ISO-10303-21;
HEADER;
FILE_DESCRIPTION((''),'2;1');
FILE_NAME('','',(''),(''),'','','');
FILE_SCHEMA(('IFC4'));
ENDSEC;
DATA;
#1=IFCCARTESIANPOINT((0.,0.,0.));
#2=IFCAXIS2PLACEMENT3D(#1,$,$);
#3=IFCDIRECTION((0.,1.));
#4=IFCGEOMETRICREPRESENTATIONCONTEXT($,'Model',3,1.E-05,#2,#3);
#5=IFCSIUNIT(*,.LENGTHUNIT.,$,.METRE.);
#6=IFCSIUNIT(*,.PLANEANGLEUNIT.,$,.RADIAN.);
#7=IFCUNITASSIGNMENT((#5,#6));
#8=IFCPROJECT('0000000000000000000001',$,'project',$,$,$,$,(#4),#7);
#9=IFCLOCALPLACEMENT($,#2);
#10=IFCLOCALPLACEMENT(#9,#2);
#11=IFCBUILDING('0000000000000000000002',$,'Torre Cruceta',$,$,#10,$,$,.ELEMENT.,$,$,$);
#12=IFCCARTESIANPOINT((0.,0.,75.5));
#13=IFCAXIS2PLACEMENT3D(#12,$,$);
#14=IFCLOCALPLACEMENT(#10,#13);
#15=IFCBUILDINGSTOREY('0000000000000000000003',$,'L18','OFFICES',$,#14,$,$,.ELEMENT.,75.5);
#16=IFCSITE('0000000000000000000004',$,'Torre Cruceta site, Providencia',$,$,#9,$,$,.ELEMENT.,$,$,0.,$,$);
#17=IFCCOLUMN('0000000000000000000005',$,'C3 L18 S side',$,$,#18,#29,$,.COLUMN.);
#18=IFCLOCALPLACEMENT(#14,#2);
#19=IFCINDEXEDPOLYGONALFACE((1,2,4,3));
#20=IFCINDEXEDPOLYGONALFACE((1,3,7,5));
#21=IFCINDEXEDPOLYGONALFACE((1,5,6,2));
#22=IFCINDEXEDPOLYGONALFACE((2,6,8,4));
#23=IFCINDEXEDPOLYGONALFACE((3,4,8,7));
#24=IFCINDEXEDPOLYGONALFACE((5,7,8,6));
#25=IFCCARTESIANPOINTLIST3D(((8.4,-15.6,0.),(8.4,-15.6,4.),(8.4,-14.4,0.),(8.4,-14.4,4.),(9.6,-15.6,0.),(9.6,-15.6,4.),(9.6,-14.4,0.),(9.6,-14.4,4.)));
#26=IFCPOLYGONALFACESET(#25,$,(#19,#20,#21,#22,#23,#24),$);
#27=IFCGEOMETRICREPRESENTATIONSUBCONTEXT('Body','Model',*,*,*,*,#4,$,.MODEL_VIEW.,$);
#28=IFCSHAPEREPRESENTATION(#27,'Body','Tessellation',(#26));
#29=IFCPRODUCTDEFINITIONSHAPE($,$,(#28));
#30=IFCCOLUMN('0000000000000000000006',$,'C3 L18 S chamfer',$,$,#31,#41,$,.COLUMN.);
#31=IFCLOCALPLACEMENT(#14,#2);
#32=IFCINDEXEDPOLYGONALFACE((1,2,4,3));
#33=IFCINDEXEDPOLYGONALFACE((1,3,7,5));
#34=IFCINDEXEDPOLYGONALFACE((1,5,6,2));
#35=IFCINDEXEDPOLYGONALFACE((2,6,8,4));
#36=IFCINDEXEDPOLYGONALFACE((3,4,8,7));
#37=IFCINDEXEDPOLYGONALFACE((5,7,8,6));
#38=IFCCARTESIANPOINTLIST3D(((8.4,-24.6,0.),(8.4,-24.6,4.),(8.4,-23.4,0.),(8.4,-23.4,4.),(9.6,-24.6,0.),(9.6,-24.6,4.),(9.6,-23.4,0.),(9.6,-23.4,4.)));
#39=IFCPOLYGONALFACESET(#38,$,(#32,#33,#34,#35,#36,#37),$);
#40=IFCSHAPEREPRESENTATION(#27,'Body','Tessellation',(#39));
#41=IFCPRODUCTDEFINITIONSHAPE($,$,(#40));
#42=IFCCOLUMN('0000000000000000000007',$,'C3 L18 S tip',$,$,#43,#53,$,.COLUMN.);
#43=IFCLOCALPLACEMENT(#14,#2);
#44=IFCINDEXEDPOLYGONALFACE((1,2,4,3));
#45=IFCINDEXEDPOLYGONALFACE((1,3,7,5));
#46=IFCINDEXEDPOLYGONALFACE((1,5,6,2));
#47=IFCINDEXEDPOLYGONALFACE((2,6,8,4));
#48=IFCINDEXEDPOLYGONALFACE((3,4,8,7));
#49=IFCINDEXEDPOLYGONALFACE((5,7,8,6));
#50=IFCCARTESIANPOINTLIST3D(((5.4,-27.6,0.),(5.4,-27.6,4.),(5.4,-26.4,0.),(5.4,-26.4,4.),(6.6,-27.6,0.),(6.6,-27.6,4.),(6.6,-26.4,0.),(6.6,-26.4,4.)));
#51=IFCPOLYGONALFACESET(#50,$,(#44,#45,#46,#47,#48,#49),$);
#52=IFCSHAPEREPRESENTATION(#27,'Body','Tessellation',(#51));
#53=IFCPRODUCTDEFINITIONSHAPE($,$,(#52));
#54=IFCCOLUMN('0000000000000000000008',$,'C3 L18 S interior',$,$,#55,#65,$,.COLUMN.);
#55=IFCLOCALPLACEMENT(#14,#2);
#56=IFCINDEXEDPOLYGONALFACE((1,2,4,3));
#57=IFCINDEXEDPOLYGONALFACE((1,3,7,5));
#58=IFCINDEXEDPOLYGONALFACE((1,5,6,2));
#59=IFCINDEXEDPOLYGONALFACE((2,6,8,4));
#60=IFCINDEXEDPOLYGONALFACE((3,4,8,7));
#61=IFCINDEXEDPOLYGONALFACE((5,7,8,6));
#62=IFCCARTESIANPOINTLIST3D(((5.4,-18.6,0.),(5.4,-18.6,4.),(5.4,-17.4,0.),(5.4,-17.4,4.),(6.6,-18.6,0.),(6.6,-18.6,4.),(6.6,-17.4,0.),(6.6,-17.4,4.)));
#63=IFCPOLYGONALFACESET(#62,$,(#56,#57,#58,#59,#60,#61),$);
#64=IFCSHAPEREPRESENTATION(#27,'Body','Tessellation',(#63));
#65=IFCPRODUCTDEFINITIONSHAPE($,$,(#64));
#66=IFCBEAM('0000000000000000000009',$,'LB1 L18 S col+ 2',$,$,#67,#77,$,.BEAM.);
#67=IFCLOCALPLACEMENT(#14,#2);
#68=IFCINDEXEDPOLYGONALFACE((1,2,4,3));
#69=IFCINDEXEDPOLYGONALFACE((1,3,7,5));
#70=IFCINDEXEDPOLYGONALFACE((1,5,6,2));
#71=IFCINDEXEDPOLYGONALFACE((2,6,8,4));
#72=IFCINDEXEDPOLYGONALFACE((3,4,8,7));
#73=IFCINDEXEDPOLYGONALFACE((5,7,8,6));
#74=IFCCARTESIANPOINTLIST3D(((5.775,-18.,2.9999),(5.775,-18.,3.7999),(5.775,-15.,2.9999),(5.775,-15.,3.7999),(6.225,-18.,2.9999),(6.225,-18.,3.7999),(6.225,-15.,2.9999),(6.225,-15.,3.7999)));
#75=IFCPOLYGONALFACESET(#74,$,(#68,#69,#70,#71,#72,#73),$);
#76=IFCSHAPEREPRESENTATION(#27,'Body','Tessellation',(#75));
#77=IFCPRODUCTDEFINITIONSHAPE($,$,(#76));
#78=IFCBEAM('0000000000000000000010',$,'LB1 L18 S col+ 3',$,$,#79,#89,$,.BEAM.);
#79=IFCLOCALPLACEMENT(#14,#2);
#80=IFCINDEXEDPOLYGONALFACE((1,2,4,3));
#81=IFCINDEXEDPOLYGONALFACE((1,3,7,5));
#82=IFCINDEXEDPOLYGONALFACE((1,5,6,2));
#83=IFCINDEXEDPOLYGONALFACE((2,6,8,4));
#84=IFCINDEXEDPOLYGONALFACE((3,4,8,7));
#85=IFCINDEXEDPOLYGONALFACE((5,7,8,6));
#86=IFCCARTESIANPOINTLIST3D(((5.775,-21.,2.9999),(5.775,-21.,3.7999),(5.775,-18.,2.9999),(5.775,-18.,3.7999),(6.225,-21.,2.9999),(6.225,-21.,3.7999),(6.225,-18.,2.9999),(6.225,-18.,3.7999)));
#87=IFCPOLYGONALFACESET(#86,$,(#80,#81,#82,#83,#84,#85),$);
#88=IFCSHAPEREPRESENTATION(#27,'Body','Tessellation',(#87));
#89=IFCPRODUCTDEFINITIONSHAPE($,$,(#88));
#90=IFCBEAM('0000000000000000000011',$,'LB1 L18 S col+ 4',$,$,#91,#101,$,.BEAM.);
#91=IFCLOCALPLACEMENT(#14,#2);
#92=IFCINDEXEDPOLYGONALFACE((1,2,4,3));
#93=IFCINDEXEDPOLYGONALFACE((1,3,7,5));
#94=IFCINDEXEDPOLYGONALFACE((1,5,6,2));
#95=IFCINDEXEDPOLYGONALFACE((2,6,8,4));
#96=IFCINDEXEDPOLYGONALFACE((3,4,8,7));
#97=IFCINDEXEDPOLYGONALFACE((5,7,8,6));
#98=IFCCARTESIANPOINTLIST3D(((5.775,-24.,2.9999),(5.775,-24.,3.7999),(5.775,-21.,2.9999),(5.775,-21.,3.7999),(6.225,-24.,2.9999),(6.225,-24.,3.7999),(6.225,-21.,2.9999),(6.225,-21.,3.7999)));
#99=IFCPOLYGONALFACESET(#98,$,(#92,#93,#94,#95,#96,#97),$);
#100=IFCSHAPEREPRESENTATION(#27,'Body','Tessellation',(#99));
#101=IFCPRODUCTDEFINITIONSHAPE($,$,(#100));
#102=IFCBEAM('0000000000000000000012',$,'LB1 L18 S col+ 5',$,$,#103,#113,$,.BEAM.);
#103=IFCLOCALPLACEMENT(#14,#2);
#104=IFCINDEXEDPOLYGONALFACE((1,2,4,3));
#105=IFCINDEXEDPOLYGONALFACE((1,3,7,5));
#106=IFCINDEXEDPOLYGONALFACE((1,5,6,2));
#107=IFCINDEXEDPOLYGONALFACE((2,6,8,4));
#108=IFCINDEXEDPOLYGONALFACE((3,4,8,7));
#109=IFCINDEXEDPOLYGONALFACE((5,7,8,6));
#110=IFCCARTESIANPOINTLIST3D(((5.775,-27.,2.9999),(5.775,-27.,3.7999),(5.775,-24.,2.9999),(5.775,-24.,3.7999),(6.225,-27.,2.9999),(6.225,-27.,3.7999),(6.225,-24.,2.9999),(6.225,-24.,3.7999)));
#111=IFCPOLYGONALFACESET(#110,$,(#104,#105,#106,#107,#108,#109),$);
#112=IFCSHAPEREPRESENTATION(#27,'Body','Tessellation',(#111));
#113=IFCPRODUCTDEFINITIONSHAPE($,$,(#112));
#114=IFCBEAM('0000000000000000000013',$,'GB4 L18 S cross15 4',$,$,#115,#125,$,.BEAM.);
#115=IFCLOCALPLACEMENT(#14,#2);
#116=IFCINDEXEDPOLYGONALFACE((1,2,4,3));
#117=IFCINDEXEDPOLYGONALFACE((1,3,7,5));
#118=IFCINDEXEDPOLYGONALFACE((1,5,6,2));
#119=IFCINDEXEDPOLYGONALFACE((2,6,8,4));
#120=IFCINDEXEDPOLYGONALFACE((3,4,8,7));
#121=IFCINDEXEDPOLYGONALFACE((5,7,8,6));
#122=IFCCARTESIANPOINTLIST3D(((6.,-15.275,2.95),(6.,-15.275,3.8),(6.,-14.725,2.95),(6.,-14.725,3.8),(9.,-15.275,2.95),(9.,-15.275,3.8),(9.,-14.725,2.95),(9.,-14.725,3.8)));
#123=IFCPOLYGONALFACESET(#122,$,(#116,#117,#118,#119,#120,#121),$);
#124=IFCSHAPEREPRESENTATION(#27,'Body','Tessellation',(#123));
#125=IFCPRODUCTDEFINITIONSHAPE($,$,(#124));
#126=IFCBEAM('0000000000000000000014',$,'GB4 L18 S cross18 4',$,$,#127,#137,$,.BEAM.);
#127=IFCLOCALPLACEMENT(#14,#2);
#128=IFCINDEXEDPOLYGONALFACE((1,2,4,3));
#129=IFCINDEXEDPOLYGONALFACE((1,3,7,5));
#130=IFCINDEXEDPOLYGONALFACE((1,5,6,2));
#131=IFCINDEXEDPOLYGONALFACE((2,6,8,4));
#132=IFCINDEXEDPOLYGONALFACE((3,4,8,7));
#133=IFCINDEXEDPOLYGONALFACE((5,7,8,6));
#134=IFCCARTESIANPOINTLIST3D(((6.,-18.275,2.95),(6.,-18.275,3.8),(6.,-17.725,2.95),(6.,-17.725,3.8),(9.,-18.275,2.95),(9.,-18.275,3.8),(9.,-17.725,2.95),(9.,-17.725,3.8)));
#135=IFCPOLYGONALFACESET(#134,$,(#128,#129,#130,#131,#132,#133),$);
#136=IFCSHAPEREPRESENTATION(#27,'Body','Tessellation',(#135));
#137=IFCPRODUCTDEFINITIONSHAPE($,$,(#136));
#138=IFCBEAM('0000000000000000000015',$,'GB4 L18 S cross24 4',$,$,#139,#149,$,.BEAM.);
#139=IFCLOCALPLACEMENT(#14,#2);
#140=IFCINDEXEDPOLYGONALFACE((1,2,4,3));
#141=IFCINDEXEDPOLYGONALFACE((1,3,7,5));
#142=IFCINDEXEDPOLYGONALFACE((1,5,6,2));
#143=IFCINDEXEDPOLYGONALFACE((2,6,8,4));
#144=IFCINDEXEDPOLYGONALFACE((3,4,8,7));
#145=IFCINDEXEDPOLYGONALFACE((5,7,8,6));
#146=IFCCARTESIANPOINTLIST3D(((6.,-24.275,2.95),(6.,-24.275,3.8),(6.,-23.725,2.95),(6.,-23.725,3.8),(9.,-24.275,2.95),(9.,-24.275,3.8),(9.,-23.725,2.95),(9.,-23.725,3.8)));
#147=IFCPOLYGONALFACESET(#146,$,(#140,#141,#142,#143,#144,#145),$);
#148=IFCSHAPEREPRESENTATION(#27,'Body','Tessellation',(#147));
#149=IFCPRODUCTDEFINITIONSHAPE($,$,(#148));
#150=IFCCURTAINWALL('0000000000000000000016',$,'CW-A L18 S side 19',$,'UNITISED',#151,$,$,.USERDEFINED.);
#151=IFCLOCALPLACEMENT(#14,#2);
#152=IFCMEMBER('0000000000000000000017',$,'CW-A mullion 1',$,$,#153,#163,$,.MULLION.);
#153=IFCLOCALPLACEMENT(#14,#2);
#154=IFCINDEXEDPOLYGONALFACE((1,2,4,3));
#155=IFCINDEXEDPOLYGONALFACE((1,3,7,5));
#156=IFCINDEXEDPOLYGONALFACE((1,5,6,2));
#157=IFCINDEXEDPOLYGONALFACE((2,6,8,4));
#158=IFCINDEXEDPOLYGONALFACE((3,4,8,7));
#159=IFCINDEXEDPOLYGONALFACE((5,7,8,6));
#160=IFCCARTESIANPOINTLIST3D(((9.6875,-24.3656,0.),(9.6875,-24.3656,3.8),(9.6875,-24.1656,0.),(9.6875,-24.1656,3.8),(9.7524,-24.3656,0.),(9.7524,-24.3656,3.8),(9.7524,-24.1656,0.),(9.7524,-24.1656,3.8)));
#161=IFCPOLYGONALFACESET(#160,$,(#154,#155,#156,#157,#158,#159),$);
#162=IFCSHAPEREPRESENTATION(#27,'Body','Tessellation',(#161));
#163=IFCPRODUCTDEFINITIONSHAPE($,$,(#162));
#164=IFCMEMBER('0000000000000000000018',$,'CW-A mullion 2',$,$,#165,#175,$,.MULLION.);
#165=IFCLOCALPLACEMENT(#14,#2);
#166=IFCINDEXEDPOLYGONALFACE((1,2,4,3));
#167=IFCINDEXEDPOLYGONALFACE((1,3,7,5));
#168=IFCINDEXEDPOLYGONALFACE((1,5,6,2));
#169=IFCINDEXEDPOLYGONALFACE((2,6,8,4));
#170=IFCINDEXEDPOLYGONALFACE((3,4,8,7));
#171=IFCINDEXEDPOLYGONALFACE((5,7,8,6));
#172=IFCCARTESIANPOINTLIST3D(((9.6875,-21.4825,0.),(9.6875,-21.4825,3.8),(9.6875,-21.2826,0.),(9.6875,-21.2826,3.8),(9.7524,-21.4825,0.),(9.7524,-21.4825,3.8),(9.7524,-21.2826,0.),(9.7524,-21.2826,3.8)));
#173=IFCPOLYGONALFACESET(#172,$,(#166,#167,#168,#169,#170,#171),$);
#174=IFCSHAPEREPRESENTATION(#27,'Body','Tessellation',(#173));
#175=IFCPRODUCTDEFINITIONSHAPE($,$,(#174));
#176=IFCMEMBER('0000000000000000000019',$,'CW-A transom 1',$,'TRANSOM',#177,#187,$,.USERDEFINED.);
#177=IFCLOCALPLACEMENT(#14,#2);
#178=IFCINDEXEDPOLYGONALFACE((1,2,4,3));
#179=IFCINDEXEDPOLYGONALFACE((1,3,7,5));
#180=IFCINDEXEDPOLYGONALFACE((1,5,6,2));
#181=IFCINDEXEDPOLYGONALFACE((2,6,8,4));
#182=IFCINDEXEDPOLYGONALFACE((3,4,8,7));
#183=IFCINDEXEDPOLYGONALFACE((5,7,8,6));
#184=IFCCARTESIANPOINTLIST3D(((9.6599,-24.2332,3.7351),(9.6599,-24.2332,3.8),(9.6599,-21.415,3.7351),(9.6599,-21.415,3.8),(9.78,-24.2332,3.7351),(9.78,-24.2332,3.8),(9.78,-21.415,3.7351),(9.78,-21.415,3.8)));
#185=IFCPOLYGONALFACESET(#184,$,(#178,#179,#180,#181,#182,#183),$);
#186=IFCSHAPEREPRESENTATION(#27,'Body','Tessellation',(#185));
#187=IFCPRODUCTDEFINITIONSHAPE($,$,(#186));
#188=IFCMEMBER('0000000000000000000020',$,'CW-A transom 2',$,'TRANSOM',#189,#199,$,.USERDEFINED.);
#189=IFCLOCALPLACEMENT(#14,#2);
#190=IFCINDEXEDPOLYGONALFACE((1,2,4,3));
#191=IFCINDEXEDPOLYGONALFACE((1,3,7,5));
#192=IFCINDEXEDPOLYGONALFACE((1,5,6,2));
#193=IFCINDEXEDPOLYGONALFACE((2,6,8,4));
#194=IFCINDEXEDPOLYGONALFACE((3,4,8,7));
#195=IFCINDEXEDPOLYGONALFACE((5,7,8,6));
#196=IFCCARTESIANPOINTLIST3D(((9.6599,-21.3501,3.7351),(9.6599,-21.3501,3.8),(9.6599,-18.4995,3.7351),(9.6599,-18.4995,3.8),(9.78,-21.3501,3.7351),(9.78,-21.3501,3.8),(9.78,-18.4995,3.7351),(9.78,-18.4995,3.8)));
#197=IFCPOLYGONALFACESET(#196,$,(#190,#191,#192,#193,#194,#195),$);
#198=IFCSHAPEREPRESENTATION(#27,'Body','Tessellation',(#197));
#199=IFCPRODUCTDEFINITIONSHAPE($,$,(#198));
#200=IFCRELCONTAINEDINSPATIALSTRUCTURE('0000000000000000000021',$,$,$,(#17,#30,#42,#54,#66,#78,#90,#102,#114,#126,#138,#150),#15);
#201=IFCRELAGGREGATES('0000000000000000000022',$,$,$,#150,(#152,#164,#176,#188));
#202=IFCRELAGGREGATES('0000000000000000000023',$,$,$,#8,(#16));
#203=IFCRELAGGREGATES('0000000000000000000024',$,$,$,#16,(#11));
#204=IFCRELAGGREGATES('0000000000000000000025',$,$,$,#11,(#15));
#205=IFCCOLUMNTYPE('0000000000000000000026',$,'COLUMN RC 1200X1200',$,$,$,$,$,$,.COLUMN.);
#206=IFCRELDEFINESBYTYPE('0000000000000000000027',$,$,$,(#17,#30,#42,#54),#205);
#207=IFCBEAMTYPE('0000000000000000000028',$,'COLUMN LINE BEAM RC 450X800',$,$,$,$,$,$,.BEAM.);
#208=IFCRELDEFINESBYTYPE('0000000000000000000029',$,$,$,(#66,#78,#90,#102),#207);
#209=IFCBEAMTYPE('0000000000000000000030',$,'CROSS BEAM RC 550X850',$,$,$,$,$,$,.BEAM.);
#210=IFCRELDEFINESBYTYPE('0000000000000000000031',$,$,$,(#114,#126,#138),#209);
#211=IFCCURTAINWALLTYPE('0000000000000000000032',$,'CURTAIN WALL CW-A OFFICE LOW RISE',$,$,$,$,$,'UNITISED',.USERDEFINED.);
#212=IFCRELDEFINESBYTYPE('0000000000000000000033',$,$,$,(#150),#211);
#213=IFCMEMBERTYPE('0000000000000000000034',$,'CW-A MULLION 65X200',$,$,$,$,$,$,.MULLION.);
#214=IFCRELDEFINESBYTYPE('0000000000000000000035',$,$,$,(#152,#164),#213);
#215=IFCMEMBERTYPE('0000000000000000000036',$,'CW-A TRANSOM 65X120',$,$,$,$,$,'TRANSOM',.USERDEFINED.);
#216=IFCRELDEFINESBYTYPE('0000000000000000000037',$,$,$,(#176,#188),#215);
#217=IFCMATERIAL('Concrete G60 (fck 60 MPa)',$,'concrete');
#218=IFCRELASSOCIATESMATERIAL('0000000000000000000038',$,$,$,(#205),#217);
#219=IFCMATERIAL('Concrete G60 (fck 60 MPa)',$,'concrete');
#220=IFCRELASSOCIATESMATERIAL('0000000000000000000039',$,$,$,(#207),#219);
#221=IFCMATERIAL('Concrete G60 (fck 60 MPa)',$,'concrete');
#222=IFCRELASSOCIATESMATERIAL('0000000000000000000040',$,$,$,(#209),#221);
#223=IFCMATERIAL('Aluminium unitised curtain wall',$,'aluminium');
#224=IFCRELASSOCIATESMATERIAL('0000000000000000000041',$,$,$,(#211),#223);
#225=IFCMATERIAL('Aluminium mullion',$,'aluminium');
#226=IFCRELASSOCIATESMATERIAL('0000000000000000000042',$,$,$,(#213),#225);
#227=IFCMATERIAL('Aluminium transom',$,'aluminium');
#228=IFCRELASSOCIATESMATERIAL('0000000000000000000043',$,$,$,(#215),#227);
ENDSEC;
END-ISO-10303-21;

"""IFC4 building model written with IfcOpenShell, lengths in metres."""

from ifc_helpers import new_model, si_unit, direction, frame, origin, origin_2d, place, context, subcontext, project, spatial, rectangle, extrude, material, material_profile, profile_set, type_object, element, aggregate, save


model = new_model("IFC4")

# Units and contexts
model_context = context("Model", 3, precision=1e-05, world=origin(), true_north=direction((0.0, 1.0)))
body_context = subcontext(model_context, "Body", "Model", "MODEL_VIEW")
ifc_project = project(units=[si_unit("LENGTHUNIT", "METRE"), si_unit("PLANEANGLEUNIT", "RADIAN")], contexts=[model_context])

# Site, building, storey
site_placement = place(None, origin())
site = spatial("IfcSite", under=ifc_project, at=site_placement, Name="Torre Cruceta site, Providencia", CompositionType="ELEMENT", RefElevation=0.0)
building_placement = place(site_placement, origin())
building = spatial("IfcBuilding", under=site, at=building_placement, Name="Torre Cruceta", CompositionType="ELEMENT")
storey_placement = place(building_placement, frame((0.0, 0.0, 75.5)))
storey = spatial("IfcBuildingStorey", under=building, at=storey_placement, Name="L18", Description="OFFICES", CompositionType="ELEMENT", Elevation=75.5)

# Columns
ifc_material_1 = material(Name="Concrete G60 (fck 60 MPa)", Category="concrete")
ifc_material_profile_1 = material_profile(ifc_material_1, rectangle(XDim=1.2, YDim=1.2, at=origin_2d()), Name="RC 1200X1200")
ifc_profile_set_1 = profile_set([ifc_material_profile_1], Name="Concrete G60 (fck 60 MPa)")
column_type = type_object("IfcColumnType", Name="COLUMN RC 1200X1200", PredefinedType="COLUMN", material=ifc_profile_set_1)
for number, where, z_axis, x_axis, name in (
    (1, (9.0, -15.0, 0.0), (0.0, 0.0, 1.0), (1.0, 0.0, 0.0), "C3 L18 S side"),
    (2, (9.0, -24.0, 0.0), (0.0, 0.0, 1.0), (1.0, 0.0, 0.0), "C3 L18 S chamfer"),
    (3, (6.0, -27.0, 0.0), (0.0, 0.0, 1.0), (1.0, 0.0, 0.0), "C3 L18 S tip"),
    (4, (6.0, -18.0, 0.0), (0.0, 0.0, 1.0), (1.0, 0.0, 0.0), "C3 L18 S interior"),
):
    element("IfcColumn", number, at=place(storey_placement, frame(where, z_axis=z_axis, x_axis=x_axis)), inside=storey, type_object=column_type, Name=name, PredefinedType="COLUMN", context=body_context, shape_type="SweptSolid", body=[
        extrude(rectangle(XDim=1.2, YDim=1.2, at=origin_2d()), origin(), (0.0, 0.0, 1.0), 4.0),
    ])

# Beams
ifc_material_2 = material(Name="Concrete G60 (fck 60 MPa)", Category="concrete")
ifc_material_profile_2 = material_profile(ifc_material_2, rectangle(XDim=0.45, YDim=0.8, at=origin_2d()), Name="RC 450X800")
ifc_profile_set_2 = profile_set([ifc_material_profile_2], Name="Concrete G60 (fck 60 MPa)")
beam_type_1 = type_object("IfcBeamType", Name="COLUMN LINE BEAM RC 450X800", PredefinedType="BEAM", material=ifc_profile_set_2)
for number, where, z_axis, x_axis, name in (
    (5, (6.0, -15.0, 3.3999), (0.0, -1.0, 0.0), (1.0, 0.0, 0.0), "LB1 L18 S col+ 2"),
    (6, (6.0, -18.0, 3.3999), (0.0, -1.0, 0.0), (1.0, 0.0, 0.0), "LB1 L18 S col+ 3"),
    (7, (6.0, -21.0, 3.3999), (0.0, -1.0, 0.0), (1.0, 0.0, 0.0), "LB1 L18 S col+ 4"),
    (8, (6.0, -24.0, 3.3999), (0.0, -1.0, 0.0), (1.0, 0.0, 0.0), "LB1 L18 S col+ 5"),
):
    element("IfcBeam", number, at=place(storey_placement, frame(where, z_axis=z_axis, x_axis=x_axis)), inside=storey, type_object=beam_type_1, Name=name, PredefinedType="BEAM", context=body_context, shape_type="SweptSolid", body=[
        extrude(rectangle(XDim=0.45, YDim=0.8, at=origin_2d()), origin(), (0.0, 0.0, 1.0), 3.0),
    ])
ifc_material_3 = material(Name="Concrete G60 (fck 60 MPa)", Category="concrete")
ifc_material_profile_3 = material_profile(ifc_material_3, rectangle(XDim=0.55, YDim=0.8501, at=origin_2d()), Name="RC 550X850")
ifc_profile_set_3 = profile_set([ifc_material_profile_3], Name="Concrete G60 (fck 60 MPa)")
beam_type_2 = type_object("IfcBeamType", Name="CROSS BEAM RC 550X850", PredefinedType="BEAM", material=ifc_profile_set_3)
for number, where, z_axis, x_axis, name in (
    (9, (6.0, -15.0, 3.375), (1.0, 0.0, 0.0), (0.0, 1.0, 0.0), "GB4 L18 S cross15 4"),
    (10, (6.0, -18.0, 3.375), (1.0, 0.0, 0.0), (0.0, 1.0, 0.0), "GB4 L18 S cross18 4"),
    (11, (6.0, -24.0, 3.375), (1.0, 0.0, 0.0), (0.0, 1.0, 0.0), "GB4 L18 S cross24 4"),
):
    element("IfcBeam", number, at=place(storey_placement, frame(where, z_axis=z_axis, x_axis=x_axis)), inside=storey, type_object=beam_type_2, Name=name, PredefinedType="BEAM", context=body_context, shape_type="SweptSolid", body=[
        extrude(rectangle(XDim=0.55, YDim=0.8501, at=origin_2d()), origin(), (0.0, 0.0, 1.0), 3.0),
    ])

# Curtain wall, members
ifc_material_4 = material(Name="Aluminium unitised curtain wall", Category="aluminium")
curtain_wall_type = type_object("IfcCurtainWallType", Name="CURTAIN WALL CW-A OFFICE LOW RISE", ElementType="UNITISED", PredefinedType="USERDEFINED", material=ifc_material_4)
curtain_wall_placement = place(storey_placement, origin())
curtain_wall = element("IfcCurtainWall", 12, at=curtain_wall_placement, inside=storey, type_object=curtain_wall_type, Name="CW-A L18 S side 19", ObjectType="UNITISED", PredefinedType="USERDEFINED")
ifc_material_5 = material(Name="Aluminium mullion", Category="aluminium")
ifc_material_profile_4 = material_profile(ifc_material_5, rectangle(XDim=0.0649, YDim=0.2, at=origin_2d()), Name="AL 65X200")
ifc_profile_set_4 = profile_set([ifc_material_profile_4], Name="Aluminium mullion")
member_type_1 = type_object("IfcMemberType", Name="CW-A MULLION 65X200", PredefinedType="MULLION", material=ifc_profile_set_4)
member_1_placement = place(storey_placement, frame((9.72, -24.2656, 0.0), z_axis=(0.0, 0.0, 1.0), x_axis=(-1.0, 0.0, 0.0)))
member_1 = element("IfcMember", 13, at=member_1_placement, type_object=member_type_1, Name="CW-A mullion 1", PredefinedType="MULLION", context=body_context, shape_type="SweptSolid", body=[
    extrude(rectangle(XDim=0.0649, YDim=0.2, at=origin_2d()), origin(), (0.0, 0.0, 1.0), 3.8),
])
member_2_placement = place(storey_placement, frame((9.72, -21.3826, 0.0), z_axis=(0.0, 0.0, 1.0), x_axis=(-1.0, 0.0, 0.0)))
member_2 = element("IfcMember", 14, at=member_2_placement, type_object=member_type_1, Name="CW-A mullion 2", PredefinedType="MULLION", context=body_context, shape_type="SweptSolid", body=[
    extrude(rectangle(XDim=0.0649, YDim=0.2, at=origin_2d()), origin(), (0.0, 0.0, 1.0), 3.8),
])
ifc_material_6 = material(Name="Aluminium transom", Category="aluminium")
ifc_material_profile_5 = material_profile(ifc_material_6, rectangle(XDim=0.1201, YDim=0.0649, at=origin_2d()), Name="AL 120X65")
ifc_profile_set_5 = profile_set([ifc_material_profile_5], Name="Aluminium transom")
member_type_2 = type_object("IfcMemberType", Name="CW-A TRANSOM 65X120", ElementType="TRANSOM", PredefinedType="USERDEFINED", material=ifc_profile_set_5)
member_3_placement = place(storey_placement, frame((9.72, -24.2332, 3.7676), z_axis=(0.0, 1.0, 0.0), x_axis=(-1.0, 0.0, 0.0)))
member_3 = element("IfcMember", 15, at=member_3_placement, type_object=member_type_2, Name="CW-A transom 1", ObjectType="TRANSOM", PredefinedType="USERDEFINED", context=body_context, shape_type="SweptSolid", body=[
    extrude(rectangle(XDim=0.1201, YDim=0.0649, at=origin_2d()), origin(), (0.0, 0.0, 1.0), 2.8181),
])
member_4_placement = place(storey_placement, frame((9.72, -21.3501, 3.7676), z_axis=(0.0, 1.0, 0.0), x_axis=(-1.0, 0.0, 0.0)))
member_4 = element("IfcMember", 16, at=member_4_placement, type_object=member_type_2, Name="CW-A transom 2", ObjectType="TRANSOM", PredefinedType="USERDEFINED", context=body_context, shape_type="SweptSolid", body=[
    extrude(rectangle(XDim=0.1201, YDim=0.0649, at=origin_2d()), origin(), (0.0, 0.0, 1.0), 2.8506),
])

aggregate(curtain_wall, [member_1, member_2, member_3, member_4])

save(model, "model.ifc")
